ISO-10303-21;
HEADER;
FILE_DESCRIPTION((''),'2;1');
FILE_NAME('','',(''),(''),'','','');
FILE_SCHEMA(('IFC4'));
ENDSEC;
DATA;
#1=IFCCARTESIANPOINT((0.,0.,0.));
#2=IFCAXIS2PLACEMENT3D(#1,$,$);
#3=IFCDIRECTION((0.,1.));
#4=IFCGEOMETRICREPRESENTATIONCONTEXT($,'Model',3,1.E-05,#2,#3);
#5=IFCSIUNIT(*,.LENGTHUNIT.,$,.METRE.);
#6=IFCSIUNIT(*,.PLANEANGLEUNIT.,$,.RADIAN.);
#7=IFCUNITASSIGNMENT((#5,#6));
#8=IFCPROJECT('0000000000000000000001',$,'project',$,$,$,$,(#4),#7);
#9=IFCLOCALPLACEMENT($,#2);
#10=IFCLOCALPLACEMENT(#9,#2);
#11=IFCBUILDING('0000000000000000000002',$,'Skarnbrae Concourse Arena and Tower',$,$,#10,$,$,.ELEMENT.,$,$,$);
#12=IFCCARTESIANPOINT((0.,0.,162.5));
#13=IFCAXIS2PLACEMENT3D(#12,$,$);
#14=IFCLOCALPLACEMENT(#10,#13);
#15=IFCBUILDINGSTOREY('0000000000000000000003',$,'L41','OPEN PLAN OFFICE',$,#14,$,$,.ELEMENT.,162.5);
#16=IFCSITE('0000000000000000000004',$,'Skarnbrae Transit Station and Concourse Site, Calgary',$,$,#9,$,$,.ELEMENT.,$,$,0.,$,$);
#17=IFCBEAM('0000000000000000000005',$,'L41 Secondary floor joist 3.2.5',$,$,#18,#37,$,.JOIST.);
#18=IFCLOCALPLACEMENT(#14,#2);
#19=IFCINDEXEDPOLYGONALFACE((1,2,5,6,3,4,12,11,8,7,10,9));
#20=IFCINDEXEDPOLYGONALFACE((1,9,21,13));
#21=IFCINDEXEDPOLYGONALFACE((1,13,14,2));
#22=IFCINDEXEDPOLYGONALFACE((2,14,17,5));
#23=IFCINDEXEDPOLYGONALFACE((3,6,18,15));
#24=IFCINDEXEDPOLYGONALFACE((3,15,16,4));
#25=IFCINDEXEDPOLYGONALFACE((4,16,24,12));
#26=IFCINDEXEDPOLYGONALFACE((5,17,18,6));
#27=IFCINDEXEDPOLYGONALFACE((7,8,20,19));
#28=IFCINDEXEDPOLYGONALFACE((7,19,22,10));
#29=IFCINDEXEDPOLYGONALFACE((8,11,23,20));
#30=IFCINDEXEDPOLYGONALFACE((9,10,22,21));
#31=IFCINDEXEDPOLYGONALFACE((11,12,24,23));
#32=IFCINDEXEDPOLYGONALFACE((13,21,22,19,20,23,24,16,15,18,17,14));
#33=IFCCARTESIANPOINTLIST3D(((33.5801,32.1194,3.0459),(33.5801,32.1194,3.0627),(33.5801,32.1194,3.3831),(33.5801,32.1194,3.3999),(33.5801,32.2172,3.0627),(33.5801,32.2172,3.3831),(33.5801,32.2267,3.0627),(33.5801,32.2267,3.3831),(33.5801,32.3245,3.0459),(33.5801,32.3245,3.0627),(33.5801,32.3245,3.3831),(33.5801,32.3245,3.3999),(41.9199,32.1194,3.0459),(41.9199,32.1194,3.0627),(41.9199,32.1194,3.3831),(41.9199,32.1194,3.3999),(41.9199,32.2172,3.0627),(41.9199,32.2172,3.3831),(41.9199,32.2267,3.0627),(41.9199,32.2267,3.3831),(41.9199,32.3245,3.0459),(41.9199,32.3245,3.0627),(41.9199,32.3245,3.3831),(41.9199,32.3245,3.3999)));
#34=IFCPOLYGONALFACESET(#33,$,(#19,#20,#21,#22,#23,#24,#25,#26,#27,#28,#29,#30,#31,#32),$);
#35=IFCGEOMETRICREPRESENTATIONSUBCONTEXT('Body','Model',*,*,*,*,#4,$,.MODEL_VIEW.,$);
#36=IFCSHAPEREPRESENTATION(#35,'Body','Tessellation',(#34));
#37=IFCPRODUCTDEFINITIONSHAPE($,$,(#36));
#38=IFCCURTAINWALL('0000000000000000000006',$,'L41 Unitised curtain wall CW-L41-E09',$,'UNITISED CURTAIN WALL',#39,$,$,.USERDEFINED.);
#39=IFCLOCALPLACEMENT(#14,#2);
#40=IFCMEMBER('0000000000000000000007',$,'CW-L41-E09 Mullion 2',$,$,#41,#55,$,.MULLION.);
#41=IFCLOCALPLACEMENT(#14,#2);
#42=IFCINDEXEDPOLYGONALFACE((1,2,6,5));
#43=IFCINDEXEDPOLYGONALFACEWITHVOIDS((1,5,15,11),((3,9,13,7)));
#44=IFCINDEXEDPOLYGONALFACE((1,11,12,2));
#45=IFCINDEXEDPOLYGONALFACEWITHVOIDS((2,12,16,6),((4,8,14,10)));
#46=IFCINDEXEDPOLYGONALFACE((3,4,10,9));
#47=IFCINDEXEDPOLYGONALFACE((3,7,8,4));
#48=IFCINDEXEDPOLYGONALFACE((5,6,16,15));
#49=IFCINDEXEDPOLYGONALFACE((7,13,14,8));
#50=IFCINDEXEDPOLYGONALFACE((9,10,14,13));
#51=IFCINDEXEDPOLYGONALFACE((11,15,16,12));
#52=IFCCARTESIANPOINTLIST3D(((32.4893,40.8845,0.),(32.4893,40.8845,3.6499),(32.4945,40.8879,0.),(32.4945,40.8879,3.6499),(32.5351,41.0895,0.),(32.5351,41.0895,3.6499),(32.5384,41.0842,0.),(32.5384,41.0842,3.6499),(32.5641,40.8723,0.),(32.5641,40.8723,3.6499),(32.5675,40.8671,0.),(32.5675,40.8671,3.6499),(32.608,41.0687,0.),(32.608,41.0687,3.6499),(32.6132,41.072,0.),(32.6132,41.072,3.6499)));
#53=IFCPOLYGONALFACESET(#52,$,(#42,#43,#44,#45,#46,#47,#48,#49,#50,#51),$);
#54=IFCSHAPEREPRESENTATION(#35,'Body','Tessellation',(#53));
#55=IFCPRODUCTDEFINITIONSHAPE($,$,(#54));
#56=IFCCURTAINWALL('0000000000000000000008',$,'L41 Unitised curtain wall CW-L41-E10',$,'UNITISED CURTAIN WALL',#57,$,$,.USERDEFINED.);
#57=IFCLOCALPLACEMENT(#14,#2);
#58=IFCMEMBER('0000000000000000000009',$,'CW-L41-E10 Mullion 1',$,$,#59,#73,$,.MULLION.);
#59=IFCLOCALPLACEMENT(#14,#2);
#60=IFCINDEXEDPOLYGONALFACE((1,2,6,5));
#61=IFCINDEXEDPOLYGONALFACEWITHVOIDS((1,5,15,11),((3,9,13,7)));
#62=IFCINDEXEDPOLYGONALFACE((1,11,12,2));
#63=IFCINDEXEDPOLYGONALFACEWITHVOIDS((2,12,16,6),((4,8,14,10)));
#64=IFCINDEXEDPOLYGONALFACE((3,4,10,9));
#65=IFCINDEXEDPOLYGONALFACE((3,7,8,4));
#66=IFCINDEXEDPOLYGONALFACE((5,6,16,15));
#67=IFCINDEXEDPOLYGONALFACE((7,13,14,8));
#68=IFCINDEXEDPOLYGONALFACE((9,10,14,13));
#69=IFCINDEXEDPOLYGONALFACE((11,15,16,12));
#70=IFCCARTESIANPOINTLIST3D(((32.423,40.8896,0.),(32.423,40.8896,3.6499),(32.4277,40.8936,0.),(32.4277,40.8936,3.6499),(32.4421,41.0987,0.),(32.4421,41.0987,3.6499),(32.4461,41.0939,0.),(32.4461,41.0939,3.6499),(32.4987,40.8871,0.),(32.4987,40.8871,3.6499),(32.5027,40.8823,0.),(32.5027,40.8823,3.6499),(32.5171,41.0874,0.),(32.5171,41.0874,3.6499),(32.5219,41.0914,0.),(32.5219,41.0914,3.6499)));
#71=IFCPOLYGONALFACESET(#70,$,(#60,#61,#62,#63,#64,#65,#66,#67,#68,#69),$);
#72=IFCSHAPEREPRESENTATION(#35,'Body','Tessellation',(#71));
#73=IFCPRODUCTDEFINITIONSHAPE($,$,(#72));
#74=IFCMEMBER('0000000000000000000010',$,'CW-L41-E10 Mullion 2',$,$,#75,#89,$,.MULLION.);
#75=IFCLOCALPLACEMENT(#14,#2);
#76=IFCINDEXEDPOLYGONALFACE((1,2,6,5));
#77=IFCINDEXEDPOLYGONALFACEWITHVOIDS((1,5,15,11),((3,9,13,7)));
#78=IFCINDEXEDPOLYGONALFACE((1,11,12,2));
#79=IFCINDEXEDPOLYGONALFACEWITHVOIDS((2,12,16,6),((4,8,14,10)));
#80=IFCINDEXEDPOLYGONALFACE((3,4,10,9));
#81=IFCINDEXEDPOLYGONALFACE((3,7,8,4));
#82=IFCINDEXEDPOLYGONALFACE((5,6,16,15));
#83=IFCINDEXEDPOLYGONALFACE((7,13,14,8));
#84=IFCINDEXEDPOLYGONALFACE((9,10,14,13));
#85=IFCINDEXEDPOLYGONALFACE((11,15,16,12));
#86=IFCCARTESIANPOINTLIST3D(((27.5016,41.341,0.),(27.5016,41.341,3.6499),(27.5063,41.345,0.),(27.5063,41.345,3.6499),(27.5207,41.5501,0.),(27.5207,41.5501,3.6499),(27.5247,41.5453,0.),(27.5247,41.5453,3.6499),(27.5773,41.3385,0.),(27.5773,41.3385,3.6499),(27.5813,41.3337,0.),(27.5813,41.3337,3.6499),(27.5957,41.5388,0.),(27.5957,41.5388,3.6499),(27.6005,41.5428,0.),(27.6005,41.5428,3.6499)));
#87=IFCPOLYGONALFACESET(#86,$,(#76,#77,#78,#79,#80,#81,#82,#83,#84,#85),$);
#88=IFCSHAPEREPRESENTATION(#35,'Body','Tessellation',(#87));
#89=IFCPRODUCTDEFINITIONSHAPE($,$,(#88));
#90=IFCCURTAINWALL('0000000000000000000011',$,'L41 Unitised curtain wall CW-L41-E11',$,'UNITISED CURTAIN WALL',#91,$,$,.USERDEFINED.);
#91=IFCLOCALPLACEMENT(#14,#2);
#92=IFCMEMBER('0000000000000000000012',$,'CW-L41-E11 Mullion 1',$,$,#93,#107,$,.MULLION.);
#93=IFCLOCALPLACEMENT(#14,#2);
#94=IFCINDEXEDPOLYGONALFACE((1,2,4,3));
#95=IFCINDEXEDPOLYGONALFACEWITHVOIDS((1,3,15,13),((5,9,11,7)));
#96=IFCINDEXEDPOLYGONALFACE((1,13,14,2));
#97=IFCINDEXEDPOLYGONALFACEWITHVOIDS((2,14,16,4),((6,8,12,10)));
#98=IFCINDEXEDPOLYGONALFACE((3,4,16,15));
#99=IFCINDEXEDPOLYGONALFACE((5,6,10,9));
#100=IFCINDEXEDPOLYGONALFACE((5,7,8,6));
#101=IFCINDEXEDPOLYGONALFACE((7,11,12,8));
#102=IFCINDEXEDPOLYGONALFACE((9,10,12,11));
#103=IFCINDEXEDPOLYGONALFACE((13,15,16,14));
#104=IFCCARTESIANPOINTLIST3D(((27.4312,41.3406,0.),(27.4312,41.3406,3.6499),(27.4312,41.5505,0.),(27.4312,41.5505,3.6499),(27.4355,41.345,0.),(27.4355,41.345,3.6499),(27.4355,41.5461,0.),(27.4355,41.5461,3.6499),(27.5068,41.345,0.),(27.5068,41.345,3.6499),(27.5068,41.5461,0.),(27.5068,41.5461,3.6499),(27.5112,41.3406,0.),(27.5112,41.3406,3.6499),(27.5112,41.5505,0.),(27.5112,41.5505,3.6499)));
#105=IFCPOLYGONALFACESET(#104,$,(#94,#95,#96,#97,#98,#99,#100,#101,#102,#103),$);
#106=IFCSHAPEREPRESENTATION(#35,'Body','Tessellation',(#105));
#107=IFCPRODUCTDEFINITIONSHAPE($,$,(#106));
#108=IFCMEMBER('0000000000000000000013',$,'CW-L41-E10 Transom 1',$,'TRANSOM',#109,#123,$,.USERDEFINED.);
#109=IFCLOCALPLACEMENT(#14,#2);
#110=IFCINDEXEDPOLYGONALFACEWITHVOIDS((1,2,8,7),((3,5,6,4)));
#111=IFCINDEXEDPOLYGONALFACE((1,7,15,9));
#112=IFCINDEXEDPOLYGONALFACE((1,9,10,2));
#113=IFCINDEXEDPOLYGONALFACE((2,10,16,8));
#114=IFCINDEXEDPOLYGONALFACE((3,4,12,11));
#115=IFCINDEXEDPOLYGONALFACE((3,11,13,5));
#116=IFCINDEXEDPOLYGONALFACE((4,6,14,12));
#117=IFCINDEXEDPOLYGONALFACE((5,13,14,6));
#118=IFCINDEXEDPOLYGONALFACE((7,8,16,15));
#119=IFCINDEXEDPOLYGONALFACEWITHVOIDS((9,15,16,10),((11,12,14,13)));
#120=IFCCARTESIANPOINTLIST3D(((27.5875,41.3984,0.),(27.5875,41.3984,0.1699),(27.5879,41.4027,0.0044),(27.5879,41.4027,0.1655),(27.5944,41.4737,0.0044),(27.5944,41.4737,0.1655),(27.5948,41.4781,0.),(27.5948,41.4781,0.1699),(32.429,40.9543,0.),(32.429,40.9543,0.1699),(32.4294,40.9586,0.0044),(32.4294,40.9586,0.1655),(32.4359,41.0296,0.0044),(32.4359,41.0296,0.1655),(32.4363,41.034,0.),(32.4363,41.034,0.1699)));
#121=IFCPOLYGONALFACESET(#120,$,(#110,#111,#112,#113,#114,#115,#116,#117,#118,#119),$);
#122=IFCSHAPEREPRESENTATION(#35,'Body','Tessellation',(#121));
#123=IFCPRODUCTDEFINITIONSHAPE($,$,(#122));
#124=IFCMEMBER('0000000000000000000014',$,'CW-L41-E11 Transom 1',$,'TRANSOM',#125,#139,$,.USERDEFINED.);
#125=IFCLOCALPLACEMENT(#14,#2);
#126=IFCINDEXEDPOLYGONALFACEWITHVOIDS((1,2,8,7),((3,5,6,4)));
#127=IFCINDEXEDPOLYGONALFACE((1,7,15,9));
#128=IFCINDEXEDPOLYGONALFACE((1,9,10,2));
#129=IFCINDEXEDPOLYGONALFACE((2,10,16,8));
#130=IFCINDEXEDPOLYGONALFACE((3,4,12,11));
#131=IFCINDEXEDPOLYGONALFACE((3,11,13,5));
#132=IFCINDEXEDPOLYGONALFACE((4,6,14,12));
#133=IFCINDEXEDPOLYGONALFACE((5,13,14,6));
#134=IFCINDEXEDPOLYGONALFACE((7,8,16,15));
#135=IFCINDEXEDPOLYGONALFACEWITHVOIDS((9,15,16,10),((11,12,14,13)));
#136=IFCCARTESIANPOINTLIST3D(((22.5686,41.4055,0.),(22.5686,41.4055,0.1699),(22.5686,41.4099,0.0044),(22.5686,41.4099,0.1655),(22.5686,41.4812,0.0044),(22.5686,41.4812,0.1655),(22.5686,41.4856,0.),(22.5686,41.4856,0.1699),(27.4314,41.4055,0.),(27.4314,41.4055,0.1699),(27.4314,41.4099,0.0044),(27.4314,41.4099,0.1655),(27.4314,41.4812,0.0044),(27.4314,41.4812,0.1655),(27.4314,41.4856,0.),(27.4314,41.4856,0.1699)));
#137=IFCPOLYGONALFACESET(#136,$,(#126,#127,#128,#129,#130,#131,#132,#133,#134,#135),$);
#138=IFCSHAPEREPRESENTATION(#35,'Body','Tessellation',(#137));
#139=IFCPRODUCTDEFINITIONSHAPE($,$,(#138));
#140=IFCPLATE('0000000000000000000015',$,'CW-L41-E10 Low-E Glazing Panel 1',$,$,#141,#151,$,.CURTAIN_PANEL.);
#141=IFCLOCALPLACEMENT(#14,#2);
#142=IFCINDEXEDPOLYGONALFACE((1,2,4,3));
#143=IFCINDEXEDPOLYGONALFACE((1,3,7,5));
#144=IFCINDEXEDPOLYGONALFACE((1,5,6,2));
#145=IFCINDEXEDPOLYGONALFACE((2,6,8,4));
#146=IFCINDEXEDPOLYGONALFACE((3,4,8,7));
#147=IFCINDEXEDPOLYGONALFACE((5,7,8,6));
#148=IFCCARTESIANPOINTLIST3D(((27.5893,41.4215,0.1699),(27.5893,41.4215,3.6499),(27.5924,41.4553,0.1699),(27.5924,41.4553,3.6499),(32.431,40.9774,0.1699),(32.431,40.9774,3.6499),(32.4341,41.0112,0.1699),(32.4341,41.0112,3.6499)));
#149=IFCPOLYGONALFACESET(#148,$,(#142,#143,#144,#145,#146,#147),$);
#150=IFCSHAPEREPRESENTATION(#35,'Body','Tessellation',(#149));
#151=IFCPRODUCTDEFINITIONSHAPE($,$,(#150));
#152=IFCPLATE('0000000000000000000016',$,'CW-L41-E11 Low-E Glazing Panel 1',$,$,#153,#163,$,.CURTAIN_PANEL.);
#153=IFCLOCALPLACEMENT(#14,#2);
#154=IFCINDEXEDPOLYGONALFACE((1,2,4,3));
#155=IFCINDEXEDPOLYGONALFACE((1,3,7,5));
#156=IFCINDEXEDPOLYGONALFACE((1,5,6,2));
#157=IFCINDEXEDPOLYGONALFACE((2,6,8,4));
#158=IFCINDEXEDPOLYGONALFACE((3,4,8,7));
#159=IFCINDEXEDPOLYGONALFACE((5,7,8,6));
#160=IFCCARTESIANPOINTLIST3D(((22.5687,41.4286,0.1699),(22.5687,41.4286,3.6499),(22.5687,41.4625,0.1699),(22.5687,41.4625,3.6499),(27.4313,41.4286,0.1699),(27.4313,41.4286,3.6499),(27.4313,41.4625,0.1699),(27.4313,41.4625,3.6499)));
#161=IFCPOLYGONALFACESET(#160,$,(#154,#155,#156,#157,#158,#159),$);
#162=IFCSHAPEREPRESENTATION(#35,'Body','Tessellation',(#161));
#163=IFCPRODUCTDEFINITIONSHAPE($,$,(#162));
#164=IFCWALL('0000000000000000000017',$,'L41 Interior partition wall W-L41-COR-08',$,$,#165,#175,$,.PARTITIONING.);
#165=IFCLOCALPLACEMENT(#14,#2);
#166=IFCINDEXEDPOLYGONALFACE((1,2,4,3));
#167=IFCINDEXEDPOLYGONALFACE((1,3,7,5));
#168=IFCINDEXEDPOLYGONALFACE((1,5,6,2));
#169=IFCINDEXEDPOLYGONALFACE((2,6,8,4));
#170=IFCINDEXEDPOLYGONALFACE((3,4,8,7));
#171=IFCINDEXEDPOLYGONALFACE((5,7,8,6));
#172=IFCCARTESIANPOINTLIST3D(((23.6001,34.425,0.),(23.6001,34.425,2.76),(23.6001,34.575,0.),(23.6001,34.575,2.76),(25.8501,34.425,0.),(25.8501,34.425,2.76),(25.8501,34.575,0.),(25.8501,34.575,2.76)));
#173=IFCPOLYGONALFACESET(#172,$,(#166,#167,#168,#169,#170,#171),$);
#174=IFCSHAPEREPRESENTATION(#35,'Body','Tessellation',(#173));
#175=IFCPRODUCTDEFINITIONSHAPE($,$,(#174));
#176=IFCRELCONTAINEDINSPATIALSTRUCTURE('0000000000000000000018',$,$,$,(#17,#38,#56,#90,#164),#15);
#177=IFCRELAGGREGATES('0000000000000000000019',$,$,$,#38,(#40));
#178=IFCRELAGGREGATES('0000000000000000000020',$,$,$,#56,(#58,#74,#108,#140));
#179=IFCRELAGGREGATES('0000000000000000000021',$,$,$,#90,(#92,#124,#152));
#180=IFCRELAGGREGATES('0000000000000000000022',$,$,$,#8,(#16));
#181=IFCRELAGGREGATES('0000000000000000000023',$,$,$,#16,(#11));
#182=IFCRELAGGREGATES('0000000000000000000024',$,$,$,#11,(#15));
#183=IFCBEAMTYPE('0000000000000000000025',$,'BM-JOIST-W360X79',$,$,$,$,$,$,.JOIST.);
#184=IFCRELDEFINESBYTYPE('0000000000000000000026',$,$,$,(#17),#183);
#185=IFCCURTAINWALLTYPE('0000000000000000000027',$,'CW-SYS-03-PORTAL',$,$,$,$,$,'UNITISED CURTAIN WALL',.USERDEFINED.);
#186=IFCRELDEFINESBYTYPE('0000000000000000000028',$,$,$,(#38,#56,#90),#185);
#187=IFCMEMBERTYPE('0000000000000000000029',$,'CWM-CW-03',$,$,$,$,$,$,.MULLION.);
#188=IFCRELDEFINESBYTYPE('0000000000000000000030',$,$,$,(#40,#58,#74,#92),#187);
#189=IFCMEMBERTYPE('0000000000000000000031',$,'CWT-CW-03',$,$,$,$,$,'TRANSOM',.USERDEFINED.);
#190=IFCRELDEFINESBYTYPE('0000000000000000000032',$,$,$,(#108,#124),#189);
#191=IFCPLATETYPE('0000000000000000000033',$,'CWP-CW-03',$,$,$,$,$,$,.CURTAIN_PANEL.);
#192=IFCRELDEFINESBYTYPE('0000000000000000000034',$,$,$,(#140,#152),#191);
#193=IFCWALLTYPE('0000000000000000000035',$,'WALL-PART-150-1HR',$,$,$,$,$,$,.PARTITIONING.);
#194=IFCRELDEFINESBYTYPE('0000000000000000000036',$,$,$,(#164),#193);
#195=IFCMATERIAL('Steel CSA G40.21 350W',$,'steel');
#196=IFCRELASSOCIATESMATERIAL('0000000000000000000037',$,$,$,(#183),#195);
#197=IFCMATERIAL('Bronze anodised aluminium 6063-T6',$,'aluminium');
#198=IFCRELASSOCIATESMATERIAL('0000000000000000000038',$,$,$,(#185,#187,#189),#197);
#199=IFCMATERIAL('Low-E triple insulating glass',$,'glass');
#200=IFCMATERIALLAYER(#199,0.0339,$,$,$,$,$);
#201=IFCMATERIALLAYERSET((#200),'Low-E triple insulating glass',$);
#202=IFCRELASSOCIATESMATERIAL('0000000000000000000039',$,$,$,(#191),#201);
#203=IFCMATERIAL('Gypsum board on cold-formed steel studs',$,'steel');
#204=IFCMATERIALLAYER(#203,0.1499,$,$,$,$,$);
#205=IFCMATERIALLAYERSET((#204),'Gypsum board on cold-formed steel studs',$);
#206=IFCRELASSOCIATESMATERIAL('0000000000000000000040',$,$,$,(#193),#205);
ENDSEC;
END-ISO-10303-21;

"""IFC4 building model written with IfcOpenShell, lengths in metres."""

from ifc_helpers import new_model, si_unit, direction, frame, frame_2d, origin, origin_2d, place, context, subcontext, project, spatial, rectangle, hollow_rectangle, i_section, extrude, source, transform, mapped, material, layer, layer_set, material_profile, profile_set, type_object, element, aggregate, save


model = new_model("IFC4")

# Units and contexts
model_context = context("Model", 3, precision=1e-05, world=origin(), true_north=direction((0.0, 1.0)))
body_context = subcontext(model_context, "Body", "Model", "MODEL_VIEW")
ifc_project = project(units=[si_unit("LENGTHUNIT", "METRE"), si_unit("PLANEANGLEUNIT", "RADIAN")], contexts=[model_context])

# Site, building, storey
site_placement = place(None, origin())
site = spatial("IfcSite", under=ifc_project, at=site_placement, Name="Skarnbrae Transit Station and Concourse Site, Calgary", CompositionType="ELEMENT", RefElevation=0.0)
building_placement = place(site_placement, origin())
building = spatial("IfcBuilding", under=site, at=building_placement, Name="Skarnbrae Concourse Arena and Tower", CompositionType="ELEMENT")
storey_placement = place(building_placement, frame((0.0, 0.0, 162.5)))
storey = spatial("IfcBuildingStorey", under=building, at=storey_placement, Name="L41", Description="OPEN PLAN OFFICE", CompositionType="ELEMENT", Elevation=162.5)

# Shared definitions
ifc_material_1 = material(Name="Steel CSA G40.21 350W", Category="steel")

# Beam
ifc_material_profile_1 = material_profile(ifc_material_1, i_section(OverallWidth=0.2051, OverallDepth=0.354, WebThickness=0.0095, FlangeThickness=0.0168, at=origin_2d()), Name="W360X79")
ifc_profile_set_1 = profile_set([ifc_material_profile_1], Name="Steel CSA G40.21 350W")
beam_type_1 = type_object("IfcBeamType", Name="BM-JOIST-W360X79", PredefinedType="JOIST", material=ifc_profile_set_1)
shared_shape_1 = source(origin(), body_context, "Body", "SweptSolid", [
    extrude(i_section(OverallWidth=0.2051, OverallDepth=0.354, WebThickness=0.0095, FlangeThickness=0.0168, at=origin_2d()), origin(), (0.0, 0.0, 1.0), 8.3398),
])
for number, where, z_axis, x_axis, name in (
    (1, (33.5801, 32.2219, 3.2229), (1.0, 0.0, 0.0), (0.0, 1.0, 0.0), "L41 Secondary floor joist 3.2.5"),
):
    element("IfcBeam", number, at=place(storey_placement, frame(where, z_axis=z_axis, x_axis=x_axis)), inside=storey, type_object=beam_type_1, Name=name, PredefinedType="JOIST", context=body_context, shape_type="MappedRepresentation", body=[
        mapped(shared_shape_1, transform((0.0, 0.0, 0.0))),
    ])

# Curtain wall, member
ifc_material_2 = material(Name="Bronze anodised aluminium 6063-T6", Category="aluminium")
curtain_wall_type = type_object("IfcCurtainWallType", Name="CW-SYS-03-PORTAL", ElementType="UNITISED CURTAIN WALL", PredefinedType="USERDEFINED", material=ifc_material_2)
curtain_wall_1_placement = place(storey_placement, origin())
curtain_wall_1 = element("IfcCurtainWall", 2, at=curtain_wall_1_placement, inside=storey, type_object=curtain_wall_type, Name="L41 Unitised curtain wall CW-L41-E09", ObjectType="UNITISED CURTAIN WALL", PredefinedType="USERDEFINED")
ifc_material_profile_2 = material_profile(ifc_material_2, hollow_rectangle(XDim=0.0801, YDim=0.21, WallThickness=0.0044, at=origin_2d()), Name="ALU-MULL-80X210")
ifc_profile_set_2 = profile_set([ifc_material_profile_2], Name="Bronze anodised aluminium 6063-T6")
member_type_1 = type_object("IfcMemberType", Name="CWM-CW-03", PredefinedType="MULLION", material=ifc_profile_set_2)
shared_shape_2 = source(origin(), body_context, "Body", "SweptSolid", [
    extrude(hollow_rectangle(XDim=0.0801, YDim=0.21, WallThickness=0.0044, at=origin_2d()), origin(), (0.0, 0.0, 1.0), 3.6499),
])
member_1_placement = place(storey_placement, frame((32.5513, 40.9783, 0.0), z_axis=(0.0, 0.0, 1.0), x_axis=(-0.975936, 0.218056, 0.0)))
member_1 = element("IfcMember", 3, at=member_1_placement, type_object=member_type_1, Name="CW-L41-E09 Mullion 2", PredefinedType="MULLION", context=body_context, shape_type="MappedRepresentation", body=[
    mapped(shared_shape_2, transform((0.0, 0.0, 0.0))),
])
aggregate(curtain_wall_1, [member_1])

# Curtain wall, members
curtain_wall_2_placement = place(storey_placement, origin())
curtain_wall_2 = element("IfcCurtainWall", 4, at=curtain_wall_2_placement, inside=storey, type_object=curtain_wall_type, Name="L41 Unitised curtain wall CW-L41-E10", ObjectType="UNITISED CURTAIN WALL", PredefinedType="USERDEFINED")
member_2_placement = place(storey_placement, frame((32.4724, 40.9905, 0.0), z_axis=(0.0, 0.0, 1.0), x_axis=(-0.99582, 0.091338, 0.0)))
member_2 = element("IfcMember", 5, at=member_2_placement, type_object=member_type_1, Name="CW-L41-E10 Mullion 1", PredefinedType="MULLION", context=body_context, shape_type="MappedRepresentation", body=[
    mapped(shared_shape_2, transform((0.0, 0.0, 0.0))),
])
member_3_placement = place(storey_placement, frame((27.551, 41.4419, 0.0), z_axis=(0.0, 0.0, 1.0), x_axis=(-0.99582, 0.091338, 0.0)))
member_3 = element("IfcMember", 6, at=member_3_placement, type_object=member_type_1, Name="CW-L41-E10 Mullion 2", PredefinedType="MULLION", context=body_context, shape_type="MappedRepresentation", body=[
    mapped(shared_shape_2, transform((0.0, 0.0, 0.0))),
])

# Curtain wall, member
curtain_wall_3_placement = place(storey_placement, origin())
curtain_wall_3 = element("IfcCurtainWall", 7, at=curtain_wall_3_placement, inside=storey, type_object=curtain_wall_type, Name="L41 Unitised curtain wall CW-L41-E11", ObjectType="UNITISED CURTAIN WALL", PredefinedType="USERDEFINED")
member_4_placement = place(storey_placement, frame((27.4712, 41.4456, 0.0), z_axis=(0.0, 0.0, 1.0), x_axis=(-1.0, 0.0, 0.0)))
member_4 = element("IfcMember", 8, at=member_4_placement, type_object=member_type_1, Name="CW-L41-E11 Mullion 1", PredefinedType="MULLION", context=body_context, shape_type="MappedRepresentation", body=[
    mapped(shared_shape_2, transform((0.0, 0.0, 0.0))),
])

# Members
ifc_material_profile_3 = material_profile(ifc_material_2, hollow_rectangle(XDim=0.0801, YDim=0.1699, WallThickness=0.0044, at=origin_2d()), Name="ALU-TRAN-80X170")
ifc_profile_set_3 = profile_set([ifc_material_profile_3], Name="Bronze anodised aluminium 6063-T6")
member_type_2 = type_object("IfcMemberType", Name="CWT-CW-03", ElementType="TRANSOM", PredefinedType="USERDEFINED", material=ifc_profile_set_3)
shared_shape_3 = source(origin(), body_context, "Body", "SweptSolid", [
    extrude(hollow_rectangle(XDim=0.0801, YDim=0.1699, WallThickness=0.0044, at=origin_2d()), origin(), (0.0, 0.0, 1.0), 4.8618),
])
member_5_placement = place(storey_placement, frame((32.4326, 40.9941, 0.085), z_axis=(-0.99582, 0.091342, 0.0), x_axis=(-0.091342, -0.99582, 0.0)))
member_5 = element("IfcMember", 9, at=member_5_placement, type_object=member_type_2, Name="CW-L41-E10 Transom 1", ObjectType="TRANSOM", PredefinedType="USERDEFINED", context=body_context, shape_type="MappedRepresentation", body=[
    mapped(shared_shape_3, transform((0.0, 0.0, 0.0))),
])
shared_shape_4 = source(origin(), body_context, "Body", "SweptSolid", [
    extrude(hollow_rectangle(XDim=0.0801, YDim=0.1699, WallThickness=0.0044, at=origin_2d()), origin(), (0.0, 0.0, 1.0), 4.8628),
])
member_6_placement = place(storey_placement, frame((27.4314, 41.4456, 0.085), z_axis=(-1.0, 0.0, 0.0), x_axis=(0.0, -1.0, 0.0)))
member_6 = element("IfcMember", 10, at=member_6_placement, type_object=member_type_2, Name="CW-L41-E11 Transom 1", ObjectType="TRANSOM", PredefinedType="USERDEFINED", context=body_context, shape_type="MappedRepresentation", body=[
    mapped(shared_shape_4, transform((0.0, 0.0, 0.0))),
])

# Plates
ifc_material_3 = material(Name="Low-E triple insulating glass", Category="glass")
ifc_layer_1 = layer(ifc_material_3, 0.0339)
ifc_layer_set_1 = layer_set([ifc_layer_1], Name="Low-E triple insulating glass")
plate_type = type_object("IfcPlateType", Name="CWP-CW-03", PredefinedType="CURTAIN_PANEL", material=ifc_layer_set_1)
shared_shape_5 = source(origin(), body_context, "Body", "SweptSolid", [
    extrude(rectangle(XDim=4.8621, YDim=0.0339, at=origin_2d()), origin(), (0.0, 0.0, 1.0), 3.48),
])
plate_1_placement = place(storey_placement, frame((30.0117, 41.2163, 0.1699), z_axis=(0.0, 0.0, 1.0), x_axis=(-0.99582, 0.091338, 0.0)))
plate_1 = element("IfcPlate", 11, at=plate_1_placement, type_object=plate_type, Name="CW-L41-E10 Low-E Glazing Panel 1", PredefinedType="CURTAIN_PANEL", context=body_context, shape_type="MappedRepresentation", body=[
    mapped(shared_shape_5, transform((0.0, 0.0, 0.0))),
])
aggregate(curtain_wall_2, [member_2, member_3, member_5, plate_1])
shared_shape_6 = source(origin(), body_context, "Body", "SweptSolid", [
    extrude(rectangle(XDim=4.8625, YDim=0.0339, at=origin_2d()), origin(), (0.0, 0.0, 1.0), 3.48),
])
plate_2_placement = place(storey_placement, frame((25.0, 41.4456, 0.1699), z_axis=(0.0, 0.0, 1.0), x_axis=(-1.0, 0.0, 0.0)))
plate_2 = element("IfcPlate", 12, at=plate_2_placement, type_object=plate_type, Name="CW-L41-E11 Low-E Glazing Panel 1", PredefinedType="CURTAIN_PANEL", context=body_context, shape_type="MappedRepresentation", body=[
    mapped(shared_shape_6, transform((0.0, 0.0, 0.0))),
])
aggregate(curtain_wall_3, [member_4, member_6, plate_2])

# Wall
ifc_material_4 = material(Name="Gypsum board on cold-formed steel studs", Category="steel")
ifc_layer_2 = layer(ifc_material_4, 0.1499)
ifc_layer_set_2 = layer_set([ifc_layer_2], Name="Gypsum board on cold-formed steel studs")
wall_type_1 = type_object("IfcWallType", Name="WALL-PART-150-1HR", PredefinedType="PARTITIONING", material=ifc_layer_set_2)
shared_shape_7 = source(origin(), body_context, "Body", "SweptSolid", [
    extrude(rectangle(XDim=2.25, YDim=0.1499, at=frame_2d((1.125, 0.0))), origin(), (0.0, 0.0, 1.0), 2.76),
])
wall_1_placement = place(storey_placement, frame((23.6001, 34.5, 0.0), z_axis=(0.0, 0.0, 1.0), x_axis=(1.0, 0.0, 0.0)))
element("IfcWall", 13, at=wall_1_placement, inside=storey, type_object=wall_type_1, Name="L41 Interior partition wall W-L41-COR-08", PredefinedType="PARTITIONING", context=body_context, shape_type="MappedRepresentation", body=[
    mapped(shared_shape_7, transform((0.0, 0.0, 0.0))),
])

save(model, "model.ifc")
